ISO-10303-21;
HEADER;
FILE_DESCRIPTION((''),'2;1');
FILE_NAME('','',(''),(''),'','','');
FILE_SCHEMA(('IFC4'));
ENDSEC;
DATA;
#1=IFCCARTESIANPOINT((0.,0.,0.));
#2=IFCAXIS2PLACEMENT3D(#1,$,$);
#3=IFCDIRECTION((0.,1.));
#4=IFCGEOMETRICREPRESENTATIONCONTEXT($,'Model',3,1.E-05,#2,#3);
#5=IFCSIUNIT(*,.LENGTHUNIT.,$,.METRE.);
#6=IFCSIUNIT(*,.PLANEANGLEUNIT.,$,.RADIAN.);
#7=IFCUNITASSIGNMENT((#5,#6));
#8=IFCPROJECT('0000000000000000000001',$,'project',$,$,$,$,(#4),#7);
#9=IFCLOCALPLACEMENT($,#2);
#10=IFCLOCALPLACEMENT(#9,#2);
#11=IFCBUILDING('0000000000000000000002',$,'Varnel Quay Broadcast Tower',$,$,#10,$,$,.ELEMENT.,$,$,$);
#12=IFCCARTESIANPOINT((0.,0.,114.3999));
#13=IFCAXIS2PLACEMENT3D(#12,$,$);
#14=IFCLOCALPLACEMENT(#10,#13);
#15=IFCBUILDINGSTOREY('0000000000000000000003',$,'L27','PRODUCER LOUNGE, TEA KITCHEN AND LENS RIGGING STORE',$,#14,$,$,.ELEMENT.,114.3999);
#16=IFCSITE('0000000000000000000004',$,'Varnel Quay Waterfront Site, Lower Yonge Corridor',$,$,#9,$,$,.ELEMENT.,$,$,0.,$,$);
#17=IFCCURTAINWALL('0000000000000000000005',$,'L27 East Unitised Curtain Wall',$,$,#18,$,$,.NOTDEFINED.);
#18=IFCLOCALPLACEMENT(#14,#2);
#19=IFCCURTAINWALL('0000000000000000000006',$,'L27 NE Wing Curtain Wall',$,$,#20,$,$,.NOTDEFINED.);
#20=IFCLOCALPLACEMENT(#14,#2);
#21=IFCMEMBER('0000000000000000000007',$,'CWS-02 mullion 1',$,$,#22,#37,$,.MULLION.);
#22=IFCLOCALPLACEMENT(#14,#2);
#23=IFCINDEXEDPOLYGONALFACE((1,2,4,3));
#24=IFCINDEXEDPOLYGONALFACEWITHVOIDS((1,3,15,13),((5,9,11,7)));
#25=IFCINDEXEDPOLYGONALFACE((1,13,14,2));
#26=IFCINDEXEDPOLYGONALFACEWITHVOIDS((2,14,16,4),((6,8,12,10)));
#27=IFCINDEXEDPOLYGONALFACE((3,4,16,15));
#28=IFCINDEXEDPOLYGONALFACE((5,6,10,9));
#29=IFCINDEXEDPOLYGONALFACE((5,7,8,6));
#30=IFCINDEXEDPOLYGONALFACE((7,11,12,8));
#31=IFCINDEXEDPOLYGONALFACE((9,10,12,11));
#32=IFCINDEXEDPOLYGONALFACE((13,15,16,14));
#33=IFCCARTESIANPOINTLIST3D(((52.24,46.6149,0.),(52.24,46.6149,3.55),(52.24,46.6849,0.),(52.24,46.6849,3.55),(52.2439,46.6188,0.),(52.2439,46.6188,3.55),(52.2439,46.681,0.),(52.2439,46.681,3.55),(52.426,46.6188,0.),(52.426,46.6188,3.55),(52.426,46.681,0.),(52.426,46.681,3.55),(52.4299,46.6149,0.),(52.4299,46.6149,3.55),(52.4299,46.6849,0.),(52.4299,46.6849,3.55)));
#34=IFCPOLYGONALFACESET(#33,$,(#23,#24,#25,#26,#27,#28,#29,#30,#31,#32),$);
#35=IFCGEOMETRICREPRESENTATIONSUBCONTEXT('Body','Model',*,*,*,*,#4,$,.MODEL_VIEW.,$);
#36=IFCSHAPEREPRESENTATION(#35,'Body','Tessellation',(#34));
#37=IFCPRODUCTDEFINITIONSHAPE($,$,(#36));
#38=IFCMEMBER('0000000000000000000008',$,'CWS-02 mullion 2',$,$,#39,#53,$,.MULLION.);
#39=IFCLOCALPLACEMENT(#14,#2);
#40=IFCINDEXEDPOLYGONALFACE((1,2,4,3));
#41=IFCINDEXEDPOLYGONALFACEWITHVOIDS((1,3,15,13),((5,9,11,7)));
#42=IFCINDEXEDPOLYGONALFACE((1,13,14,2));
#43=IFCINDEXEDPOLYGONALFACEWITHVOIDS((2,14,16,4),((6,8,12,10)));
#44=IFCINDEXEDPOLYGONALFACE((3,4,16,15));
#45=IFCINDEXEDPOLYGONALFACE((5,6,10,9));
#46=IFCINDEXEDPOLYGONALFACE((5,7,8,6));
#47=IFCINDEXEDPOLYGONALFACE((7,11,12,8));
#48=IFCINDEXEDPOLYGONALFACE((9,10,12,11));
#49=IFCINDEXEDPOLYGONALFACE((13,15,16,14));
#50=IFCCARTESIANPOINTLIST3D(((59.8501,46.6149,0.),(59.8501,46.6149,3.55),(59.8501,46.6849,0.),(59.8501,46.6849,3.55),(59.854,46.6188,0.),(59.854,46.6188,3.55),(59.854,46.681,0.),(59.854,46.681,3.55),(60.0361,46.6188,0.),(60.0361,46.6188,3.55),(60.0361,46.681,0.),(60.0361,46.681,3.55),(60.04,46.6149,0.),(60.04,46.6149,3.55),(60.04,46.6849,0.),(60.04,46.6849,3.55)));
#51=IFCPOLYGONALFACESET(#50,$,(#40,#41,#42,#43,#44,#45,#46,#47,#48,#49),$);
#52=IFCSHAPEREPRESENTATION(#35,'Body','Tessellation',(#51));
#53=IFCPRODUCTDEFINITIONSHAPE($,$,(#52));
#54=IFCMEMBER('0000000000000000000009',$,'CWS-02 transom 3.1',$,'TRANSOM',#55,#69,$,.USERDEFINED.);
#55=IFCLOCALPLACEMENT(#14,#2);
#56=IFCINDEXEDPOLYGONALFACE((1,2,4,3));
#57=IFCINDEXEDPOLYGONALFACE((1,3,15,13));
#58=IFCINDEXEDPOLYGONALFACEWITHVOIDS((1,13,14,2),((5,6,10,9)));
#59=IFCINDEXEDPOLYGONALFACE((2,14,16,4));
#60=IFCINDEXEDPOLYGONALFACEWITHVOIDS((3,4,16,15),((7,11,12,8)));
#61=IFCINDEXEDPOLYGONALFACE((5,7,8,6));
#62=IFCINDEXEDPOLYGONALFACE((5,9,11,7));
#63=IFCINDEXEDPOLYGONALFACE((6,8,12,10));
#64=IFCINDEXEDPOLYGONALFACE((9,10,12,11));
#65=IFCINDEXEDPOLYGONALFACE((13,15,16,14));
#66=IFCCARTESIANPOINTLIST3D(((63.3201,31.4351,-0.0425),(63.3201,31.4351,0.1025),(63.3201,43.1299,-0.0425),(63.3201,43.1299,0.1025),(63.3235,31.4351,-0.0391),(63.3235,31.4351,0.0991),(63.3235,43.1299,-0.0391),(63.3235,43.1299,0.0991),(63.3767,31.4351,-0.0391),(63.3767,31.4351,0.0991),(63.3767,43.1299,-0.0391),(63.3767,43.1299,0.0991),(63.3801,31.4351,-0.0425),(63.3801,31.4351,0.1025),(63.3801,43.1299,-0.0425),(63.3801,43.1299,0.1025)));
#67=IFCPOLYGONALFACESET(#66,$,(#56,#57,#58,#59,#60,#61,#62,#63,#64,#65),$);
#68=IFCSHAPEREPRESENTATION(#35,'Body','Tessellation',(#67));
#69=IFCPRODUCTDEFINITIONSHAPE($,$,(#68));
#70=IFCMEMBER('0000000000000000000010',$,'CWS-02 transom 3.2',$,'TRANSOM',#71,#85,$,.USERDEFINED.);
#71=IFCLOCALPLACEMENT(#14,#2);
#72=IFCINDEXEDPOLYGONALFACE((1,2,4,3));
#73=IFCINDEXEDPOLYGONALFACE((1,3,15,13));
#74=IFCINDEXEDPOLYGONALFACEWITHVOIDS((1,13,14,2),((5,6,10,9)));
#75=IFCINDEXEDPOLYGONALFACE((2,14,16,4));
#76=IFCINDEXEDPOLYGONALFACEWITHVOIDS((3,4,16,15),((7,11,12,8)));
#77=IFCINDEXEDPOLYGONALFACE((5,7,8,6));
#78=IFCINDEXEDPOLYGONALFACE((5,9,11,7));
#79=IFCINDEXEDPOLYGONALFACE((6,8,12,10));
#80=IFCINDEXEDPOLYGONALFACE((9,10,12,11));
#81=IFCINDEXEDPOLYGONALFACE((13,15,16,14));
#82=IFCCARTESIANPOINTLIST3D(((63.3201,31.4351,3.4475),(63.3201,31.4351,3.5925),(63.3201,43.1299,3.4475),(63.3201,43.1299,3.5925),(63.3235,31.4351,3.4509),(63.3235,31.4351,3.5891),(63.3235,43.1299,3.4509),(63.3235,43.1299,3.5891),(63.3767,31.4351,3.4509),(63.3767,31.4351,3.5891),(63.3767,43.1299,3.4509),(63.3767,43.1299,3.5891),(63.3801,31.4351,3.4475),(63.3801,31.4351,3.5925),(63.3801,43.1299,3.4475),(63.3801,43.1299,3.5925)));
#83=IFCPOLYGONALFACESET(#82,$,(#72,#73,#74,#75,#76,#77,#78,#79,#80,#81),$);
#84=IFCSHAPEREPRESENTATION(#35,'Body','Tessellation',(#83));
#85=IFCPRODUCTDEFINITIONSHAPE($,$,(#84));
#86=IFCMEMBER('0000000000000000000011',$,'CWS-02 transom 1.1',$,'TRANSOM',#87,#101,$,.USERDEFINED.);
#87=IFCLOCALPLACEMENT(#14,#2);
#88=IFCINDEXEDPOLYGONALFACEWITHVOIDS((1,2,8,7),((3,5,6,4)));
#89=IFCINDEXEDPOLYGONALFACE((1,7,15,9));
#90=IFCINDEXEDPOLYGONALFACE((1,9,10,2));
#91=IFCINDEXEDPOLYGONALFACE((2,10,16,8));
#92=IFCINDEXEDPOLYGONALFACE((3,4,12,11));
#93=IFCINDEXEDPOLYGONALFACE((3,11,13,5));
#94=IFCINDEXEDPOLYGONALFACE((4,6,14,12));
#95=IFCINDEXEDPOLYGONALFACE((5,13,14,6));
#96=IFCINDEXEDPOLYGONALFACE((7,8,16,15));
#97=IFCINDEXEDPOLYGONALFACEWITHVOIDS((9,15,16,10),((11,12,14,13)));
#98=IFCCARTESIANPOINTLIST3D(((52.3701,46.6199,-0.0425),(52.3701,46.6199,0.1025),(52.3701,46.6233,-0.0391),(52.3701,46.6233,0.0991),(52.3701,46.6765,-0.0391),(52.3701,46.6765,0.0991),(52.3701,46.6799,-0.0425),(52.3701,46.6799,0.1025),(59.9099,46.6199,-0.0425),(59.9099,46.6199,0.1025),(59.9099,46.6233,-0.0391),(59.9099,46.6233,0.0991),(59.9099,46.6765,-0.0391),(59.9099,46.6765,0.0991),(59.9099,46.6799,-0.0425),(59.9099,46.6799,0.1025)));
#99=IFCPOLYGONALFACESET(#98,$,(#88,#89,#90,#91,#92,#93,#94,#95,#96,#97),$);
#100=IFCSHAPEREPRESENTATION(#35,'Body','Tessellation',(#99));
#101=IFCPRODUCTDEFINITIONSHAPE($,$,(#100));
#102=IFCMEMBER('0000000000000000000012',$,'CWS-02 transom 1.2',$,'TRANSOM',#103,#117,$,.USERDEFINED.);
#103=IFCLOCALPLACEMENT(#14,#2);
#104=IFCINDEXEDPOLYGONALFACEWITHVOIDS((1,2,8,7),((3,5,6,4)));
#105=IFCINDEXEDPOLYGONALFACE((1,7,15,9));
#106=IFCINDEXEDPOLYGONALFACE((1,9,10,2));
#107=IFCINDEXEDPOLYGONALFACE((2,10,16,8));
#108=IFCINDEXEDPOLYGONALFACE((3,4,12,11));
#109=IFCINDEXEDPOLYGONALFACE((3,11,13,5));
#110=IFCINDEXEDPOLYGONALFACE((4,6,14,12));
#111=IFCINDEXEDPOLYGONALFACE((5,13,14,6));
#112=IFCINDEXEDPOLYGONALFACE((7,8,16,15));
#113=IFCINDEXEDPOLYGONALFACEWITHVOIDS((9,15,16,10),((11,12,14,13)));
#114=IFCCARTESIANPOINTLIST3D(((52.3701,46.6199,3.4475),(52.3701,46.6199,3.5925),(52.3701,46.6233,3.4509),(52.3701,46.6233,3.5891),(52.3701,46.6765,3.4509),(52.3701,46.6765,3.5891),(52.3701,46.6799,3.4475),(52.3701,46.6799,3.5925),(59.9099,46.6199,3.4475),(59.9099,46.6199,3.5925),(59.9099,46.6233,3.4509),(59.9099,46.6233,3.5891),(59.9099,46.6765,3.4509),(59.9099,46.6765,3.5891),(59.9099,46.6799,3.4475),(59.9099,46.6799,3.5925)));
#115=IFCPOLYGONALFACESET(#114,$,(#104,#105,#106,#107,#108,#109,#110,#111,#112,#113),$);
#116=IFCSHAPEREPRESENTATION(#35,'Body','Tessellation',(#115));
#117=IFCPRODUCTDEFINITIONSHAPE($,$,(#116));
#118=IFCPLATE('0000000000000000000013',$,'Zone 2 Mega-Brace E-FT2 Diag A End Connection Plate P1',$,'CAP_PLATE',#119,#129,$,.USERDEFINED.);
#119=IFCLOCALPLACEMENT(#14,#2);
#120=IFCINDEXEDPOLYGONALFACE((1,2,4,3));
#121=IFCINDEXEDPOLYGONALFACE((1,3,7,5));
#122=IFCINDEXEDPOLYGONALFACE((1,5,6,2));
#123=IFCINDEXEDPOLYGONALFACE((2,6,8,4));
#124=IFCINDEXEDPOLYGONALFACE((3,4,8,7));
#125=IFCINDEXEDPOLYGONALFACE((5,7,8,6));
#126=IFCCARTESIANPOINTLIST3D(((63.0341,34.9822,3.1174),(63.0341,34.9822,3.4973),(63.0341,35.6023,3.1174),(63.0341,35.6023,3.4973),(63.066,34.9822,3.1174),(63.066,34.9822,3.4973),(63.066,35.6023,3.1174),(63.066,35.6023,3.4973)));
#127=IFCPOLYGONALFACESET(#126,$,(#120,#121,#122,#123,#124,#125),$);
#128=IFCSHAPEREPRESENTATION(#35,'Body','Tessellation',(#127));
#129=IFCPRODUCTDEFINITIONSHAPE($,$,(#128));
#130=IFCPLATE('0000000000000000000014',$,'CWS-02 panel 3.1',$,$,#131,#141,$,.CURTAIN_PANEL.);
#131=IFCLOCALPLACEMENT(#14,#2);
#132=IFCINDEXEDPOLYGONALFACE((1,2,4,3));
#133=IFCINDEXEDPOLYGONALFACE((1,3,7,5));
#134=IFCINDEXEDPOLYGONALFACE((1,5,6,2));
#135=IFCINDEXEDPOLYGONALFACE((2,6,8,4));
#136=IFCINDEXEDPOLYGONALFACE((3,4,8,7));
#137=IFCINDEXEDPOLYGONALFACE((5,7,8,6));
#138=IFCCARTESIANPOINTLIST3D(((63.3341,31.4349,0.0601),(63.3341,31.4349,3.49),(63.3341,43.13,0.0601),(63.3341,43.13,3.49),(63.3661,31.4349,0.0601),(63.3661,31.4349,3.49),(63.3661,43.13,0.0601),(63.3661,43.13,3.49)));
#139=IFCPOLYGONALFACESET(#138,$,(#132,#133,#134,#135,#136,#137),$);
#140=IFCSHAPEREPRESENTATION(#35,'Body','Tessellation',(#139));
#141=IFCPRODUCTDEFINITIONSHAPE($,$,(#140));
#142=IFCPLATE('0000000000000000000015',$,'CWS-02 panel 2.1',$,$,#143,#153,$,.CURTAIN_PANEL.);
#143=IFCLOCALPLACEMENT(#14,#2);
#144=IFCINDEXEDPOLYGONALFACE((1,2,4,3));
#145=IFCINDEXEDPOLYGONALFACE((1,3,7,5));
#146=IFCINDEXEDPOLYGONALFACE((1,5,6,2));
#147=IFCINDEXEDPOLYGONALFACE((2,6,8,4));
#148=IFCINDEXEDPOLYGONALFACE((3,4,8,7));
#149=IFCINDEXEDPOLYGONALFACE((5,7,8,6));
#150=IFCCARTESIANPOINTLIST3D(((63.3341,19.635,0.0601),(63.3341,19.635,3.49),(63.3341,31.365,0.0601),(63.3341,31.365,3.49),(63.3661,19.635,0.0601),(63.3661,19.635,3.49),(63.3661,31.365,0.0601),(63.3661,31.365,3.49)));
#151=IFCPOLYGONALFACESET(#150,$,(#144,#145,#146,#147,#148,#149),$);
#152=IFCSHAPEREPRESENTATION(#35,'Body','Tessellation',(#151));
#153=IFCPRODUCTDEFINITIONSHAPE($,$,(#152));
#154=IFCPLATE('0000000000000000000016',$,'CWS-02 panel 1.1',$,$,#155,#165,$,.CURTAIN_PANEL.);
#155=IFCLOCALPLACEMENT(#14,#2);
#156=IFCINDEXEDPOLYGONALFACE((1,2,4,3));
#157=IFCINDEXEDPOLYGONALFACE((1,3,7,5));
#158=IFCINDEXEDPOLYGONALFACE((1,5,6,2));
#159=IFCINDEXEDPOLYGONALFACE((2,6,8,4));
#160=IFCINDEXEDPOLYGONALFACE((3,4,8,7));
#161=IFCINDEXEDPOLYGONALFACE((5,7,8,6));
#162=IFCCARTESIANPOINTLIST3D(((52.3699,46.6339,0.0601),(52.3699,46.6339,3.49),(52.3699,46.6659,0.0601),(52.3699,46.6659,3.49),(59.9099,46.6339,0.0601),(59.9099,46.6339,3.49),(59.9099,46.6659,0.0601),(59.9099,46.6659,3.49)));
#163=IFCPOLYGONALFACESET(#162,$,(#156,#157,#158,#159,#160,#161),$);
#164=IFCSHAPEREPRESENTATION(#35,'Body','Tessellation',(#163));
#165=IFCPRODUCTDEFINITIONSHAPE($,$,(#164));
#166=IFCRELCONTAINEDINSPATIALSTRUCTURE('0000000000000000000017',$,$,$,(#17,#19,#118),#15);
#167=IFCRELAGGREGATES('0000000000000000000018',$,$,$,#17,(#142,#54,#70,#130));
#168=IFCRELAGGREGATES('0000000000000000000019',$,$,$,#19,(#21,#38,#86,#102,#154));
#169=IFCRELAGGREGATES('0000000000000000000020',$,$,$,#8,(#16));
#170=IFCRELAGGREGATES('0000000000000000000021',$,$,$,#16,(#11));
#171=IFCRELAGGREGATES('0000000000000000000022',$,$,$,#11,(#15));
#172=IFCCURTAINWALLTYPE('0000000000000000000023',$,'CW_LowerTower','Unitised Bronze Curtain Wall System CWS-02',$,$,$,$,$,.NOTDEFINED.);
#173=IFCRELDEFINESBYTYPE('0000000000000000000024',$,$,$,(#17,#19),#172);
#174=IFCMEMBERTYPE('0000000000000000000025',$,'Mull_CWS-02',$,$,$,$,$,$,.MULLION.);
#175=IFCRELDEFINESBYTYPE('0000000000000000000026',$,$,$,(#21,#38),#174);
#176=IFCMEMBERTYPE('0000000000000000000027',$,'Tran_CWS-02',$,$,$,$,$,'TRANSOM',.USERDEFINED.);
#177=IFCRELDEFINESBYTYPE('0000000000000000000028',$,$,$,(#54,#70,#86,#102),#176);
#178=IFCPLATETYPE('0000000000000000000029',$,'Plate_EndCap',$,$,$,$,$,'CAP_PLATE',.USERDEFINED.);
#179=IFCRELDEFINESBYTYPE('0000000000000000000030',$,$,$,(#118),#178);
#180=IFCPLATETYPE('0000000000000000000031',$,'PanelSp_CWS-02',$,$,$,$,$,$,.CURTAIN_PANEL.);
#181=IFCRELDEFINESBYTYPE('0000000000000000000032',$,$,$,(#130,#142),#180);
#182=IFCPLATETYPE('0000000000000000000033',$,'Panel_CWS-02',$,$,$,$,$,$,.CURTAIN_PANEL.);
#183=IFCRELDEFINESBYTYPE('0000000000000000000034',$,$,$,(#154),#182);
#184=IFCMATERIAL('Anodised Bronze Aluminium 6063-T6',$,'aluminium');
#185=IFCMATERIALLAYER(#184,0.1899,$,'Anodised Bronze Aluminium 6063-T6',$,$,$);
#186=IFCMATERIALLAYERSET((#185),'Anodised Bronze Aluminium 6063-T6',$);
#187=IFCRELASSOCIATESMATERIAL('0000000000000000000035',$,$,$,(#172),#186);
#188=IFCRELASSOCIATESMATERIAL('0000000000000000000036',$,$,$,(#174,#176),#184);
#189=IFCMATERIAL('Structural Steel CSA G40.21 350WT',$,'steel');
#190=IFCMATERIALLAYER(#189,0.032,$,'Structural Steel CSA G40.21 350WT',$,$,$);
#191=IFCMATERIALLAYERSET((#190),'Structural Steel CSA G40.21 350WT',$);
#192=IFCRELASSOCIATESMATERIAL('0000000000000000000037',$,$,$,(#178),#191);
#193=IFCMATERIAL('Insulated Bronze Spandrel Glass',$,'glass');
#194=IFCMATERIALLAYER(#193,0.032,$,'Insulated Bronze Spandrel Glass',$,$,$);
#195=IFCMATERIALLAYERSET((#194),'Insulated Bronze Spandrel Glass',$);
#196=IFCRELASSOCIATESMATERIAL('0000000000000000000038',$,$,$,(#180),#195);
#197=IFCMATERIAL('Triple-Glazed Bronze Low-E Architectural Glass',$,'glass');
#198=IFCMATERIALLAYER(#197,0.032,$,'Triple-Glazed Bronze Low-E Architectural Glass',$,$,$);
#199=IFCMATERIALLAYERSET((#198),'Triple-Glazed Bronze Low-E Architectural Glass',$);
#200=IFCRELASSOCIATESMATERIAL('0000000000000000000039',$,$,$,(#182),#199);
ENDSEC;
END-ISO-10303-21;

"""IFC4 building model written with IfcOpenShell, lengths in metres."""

from ifc_helpers import new_model, si_unit, direction, frame, origin, origin_2d, place, context, subcontext, project, spatial, rectangle, hollow_rectangle, extrude, source, transform, mapped, material, layer, layer_set, material_profile, profile_set, type_object, type_shapes, element, aggregate, save


model = new_model("IFC4")

# Units and contexts
model_context = context("Model", 3, precision=1e-05, world=origin(), true_north=direction((0.0, 1.0)))
body_context = subcontext(model_context, "Body", "Model", "MODEL_VIEW")
ifc_project = project(units=[si_unit("LENGTHUNIT", "METRE"), si_unit("PLANEANGLEUNIT", "RADIAN")], contexts=[model_context])

# Site, building, storey
site_placement = place(None, origin())
site = spatial("IfcSite", under=ifc_project, at=site_placement, Name="Varnel Quay Waterfront Site, Lower Yonge Corridor", CompositionType="ELEMENT", RefElevation=0.0)
building_placement = place(site_placement, origin())
building = spatial("IfcBuilding", under=site, at=building_placement, Name="Varnel Quay Broadcast Tower", CompositionType="ELEMENT")
storey_placement = place(building_placement, frame((0.0, 0.0, 114.3999)))
storey = spatial("IfcBuildingStorey", under=building, at=storey_placement, Name="L27", Description="PRODUCER LOUNGE, TEA KITCHEN AND LENS RIGGING STORE", CompositionType="ELEMENT", Elevation=114.3999)

# Shared definitions
ifc_material_1 = material(Name="Structural Steel CSA G40.21 350WT", Category="steel")

# Curtain walls, members
ifc_material_2 = material(Name="Anodised Bronze Aluminium 6063-T6", Category="aluminium")
ifc_layer_1 = layer(ifc_material_2, 0.1899, Name="Anodised Bronze Aluminium 6063-T6")
ifc_layer_set_1 = layer_set([ifc_layer_1], Name="Anodised Bronze Aluminium 6063-T6")
curtain_wall_type = type_object("IfcCurtainWallType", Name="CW_LowerTower", Description="Unitised Bronze Curtain Wall System CWS-02", PredefinedType="NOTDEFINED", material=ifc_layer_set_1)
curtain_wall_1_placement = place(storey_placement, origin())
curtain_wall_1 = element("IfcCurtainWall", 1, at=curtain_wall_1_placement, inside=storey, type_object=curtain_wall_type, Name="L27 East Unitised Curtain Wall", PredefinedType="NOTDEFINED")
ifc_material_profile_1 = material_profile(ifc_material_2, hollow_rectangle(XDim=0.0701, YDim=0.1899, WallThickness=0.0039, at=origin_2d()), Name="ALU70X190X4")
ifc_profile_set_1 = profile_set([ifc_material_profile_1], Name="Anodised Bronze Aluminium 6063-T6")
member_type_1 = type_object("IfcMemberType", Name="Mull_CWS-02", PredefinedType="MULLION", material=ifc_profile_set_1)
shared_shape_1 = source(origin(), body_context, "Body", "SweptSolid", [
    extrude(hollow_rectangle(XDim=0.0701, YDim=0.1899, WallThickness=0.0039, at=origin_2d()), origin(), (0.0, 0.0, 1.0), 3.55),
])
type_shapes(member_type_1, [shared_shape_1])
curtain_wall_2_placement = place(storey_placement, origin())
curtain_wall_2 = element("IfcCurtainWall", 2, at=curtain_wall_2_placement, inside=storey, type_object=curtain_wall_type, Name="L27 NE Wing Curtain Wall", PredefinedType="NOTDEFINED")
member_1_placement = place(storey_placement, frame((52.335, 46.6499, 0.0), z_axis=(0.0, 0.0, 1.0), x_axis=(0.0, 1.0, 0.0)))
member_1 = element("IfcMember", 3, at=member_1_placement, type_object=member_type_1, Name="CWS-02 mullion 1", PredefinedType="MULLION", context=body_context, shape_type="MappedRepresentation", body=[
    mapped(shared_shape_1, transform((0.0, 0.0, 0.0), x_axis=(1.0, 0.0, 0.0), y_axis=(0.0, 1.0, 0.0), z_axis=(0.0, 0.0, 1.0), scale=1.0)),
])
member_2_placement = place(storey_placement, frame((59.9451, 46.6499, 0.0), z_axis=(0.0, 0.0, 1.0), x_axis=(0.0, 1.0, 0.0)))
member_2 = element("IfcMember", 4, at=member_2_placement, type_object=member_type_1, Name="CWS-02 mullion 2", PredefinedType="MULLION", context=body_context, shape_type="MappedRepresentation", body=[
    mapped(shared_shape_1, transform((0.0, 0.0, 0.0), x_axis=(1.0, 0.0, 0.0), y_axis=(0.0, 1.0, 0.0), z_axis=(0.0, 0.0, 1.0), scale=1.0)),
])

# Members
ifc_material_profile_2 = material_profile(ifc_material_2, hollow_rectangle(XDim=0.0601, YDim=0.145, WallThickness=0.0034, at=origin_2d()), Name="ALU60X145X3.5")
ifc_profile_set_2 = profile_set([ifc_material_profile_2], Name="Anodised Bronze Aluminium 6063-T6")
member_type_2 = type_object("IfcMemberType", Name="Tran_CWS-02", ElementType="TRANSOM", PredefinedType="USERDEFINED", material=ifc_profile_set_2)
shared_shape_2 = source(origin(), body_context, "Body", "SweptSolid", [
    extrude(hollow_rectangle(XDim=0.0601, YDim=0.145, WallThickness=0.0034, at=origin_2d()), origin(), (0.0, 0.0, 1.0), 11.6948),
])
member_3_placement = place(storey_placement, frame((63.3501, 31.4351, 0.03), z_axis=(0.0, 1.0, 0.0), x_axis=(-1.0, 0.0, 0.0)))
member_3 = element("IfcMember", 5, at=member_3_placement, type_object=member_type_2, Name="CWS-02 transom 3.1", ObjectType="TRANSOM", PredefinedType="USERDEFINED", context=body_context, shape_type="MappedRepresentation", body=[
    mapped(shared_shape_2, transform((0.0, 0.0, 0.0), x_axis=(1.0, 0.0, 0.0), y_axis=(0.0, 1.0, 0.0), z_axis=(0.0, 0.0, 1.0), scale=1.0)),
])
member_4_placement = place(storey_placement, frame((63.3501, 31.4351, 3.52), z_axis=(0.0, 1.0, 0.0), x_axis=(-1.0, 0.0, 0.0)))
member_4 = element("IfcMember", 6, at=member_4_placement, type_object=member_type_2, Name="CWS-02 transom 3.2", ObjectType="TRANSOM", PredefinedType="USERDEFINED", context=body_context, shape_type="MappedRepresentation", body=[
    mapped(shared_shape_2, transform((0.0, 0.0, 0.0), x_axis=(1.0, 0.0, 0.0), y_axis=(0.0, 1.0, 0.0), z_axis=(0.0, 0.0, 1.0), scale=1.0)),
])
shared_shape_3 = source(origin(), body_context, "Body", "SweptSolid", [
    extrude(hollow_rectangle(XDim=0.0601, YDim=0.145, WallThickness=0.0034, at=origin_2d()), origin(), (0.0, 0.0, 1.0), 7.5398),
])
type_shapes(member_type_2, [shared_shape_2, shared_shape_3])
member_5_placement = place(storey_placement, frame((52.3701, 46.6499, 0.03), z_axis=(1.0, 0.0, 0.0), x_axis=(0.0, 1.0, 0.0)))
member_5 = element("IfcMember", 7, at=member_5_placement, type_object=member_type_2, Name="CWS-02 transom 1.1", ObjectType="TRANSOM", PredefinedType="USERDEFINED", context=body_context, shape_type="MappedRepresentation", body=[
    mapped(shared_shape_3, transform((0.0, 0.0, 0.0), x_axis=(1.0, 0.0, 0.0), y_axis=(0.0, 1.0, 0.0), z_axis=(0.0, 0.0, 1.0), scale=1.0)),
])
member_6_placement = place(storey_placement, frame((52.3701, 46.6499, 3.52), z_axis=(1.0, 0.0, 0.0), x_axis=(0.0, 1.0, 0.0)))
member_6 = element("IfcMember", 8, at=member_6_placement, type_object=member_type_2, Name="CWS-02 transom 1.2", ObjectType="TRANSOM", PredefinedType="USERDEFINED", context=body_context, shape_type="MappedRepresentation", body=[
    mapped(shared_shape_3, transform((0.0, 0.0, 0.0), x_axis=(1.0, 0.0, 0.0), y_axis=(0.0, 1.0, 0.0), z_axis=(0.0, 0.0, 1.0), scale=1.0)),
])

# Plates
ifc_layer_2 = layer(ifc_material_1, 0.032, Name="Structural Steel CSA G40.21 350WT")
ifc_layer_set_2 = layer_set([ifc_layer_2], Name="Structural Steel CSA G40.21 350WT")
plate_type_1 = type_object("IfcPlateType", Name="Plate_EndCap", ElementType="CAP_PLATE", PredefinedType="USERDEFINED", material=ifc_layer_set_2)
shared_shape_4 = source(origin(), body_context, "Body", "SweptSolid", [
    extrude(rectangle(XDim=0.6201, YDim=0.032, at=origin_2d()), origin(), (0.0, 0.0, 1.0), 0.3799),
])
type_shapes(plate_type_1, [shared_shape_4])
plate_1_placement = place(storey_placement, frame((63.05, 35.2922, 3.1174), z_axis=(0.0, 0.0, 1.0), x_axis=(0.0, 1.0, 0.0)))
element("IfcPlate", 9, at=plate_1_placement, inside=storey, type_object=plate_type_1, Name="Zone 2 Mega-Brace E-FT2 Diag A End Connection Plate P1", ObjectType="CAP_PLATE", PredefinedType="USERDEFINED", context=body_context, shape_type="MappedRepresentation", body=[
    mapped(shared_shape_4, transform((0.0, 0.0, 0.0), x_axis=(1.0, 0.0, 0.0), y_axis=(0.0, 1.0, 0.0), z_axis=(0.0, 0.0, 1.0), scale=1.0)),
])
ifc_material_3 = material(Name="Insulated Bronze Spandrel Glass", Category="glass")
ifc_layer_3 = layer(ifc_material_3, 0.032, Name="Insulated Bronze Spandrel Glass")
ifc_layer_set_3 = layer_set([ifc_layer_3], Name="Insulated Bronze Spandrel Glass")
plate_type_2 = type_object("IfcPlateType", Name="PanelSp_CWS-02", PredefinedType="CURTAIN_PANEL", material=ifc_layer_set_3)
shared_shape_5 = source(origin(), body_context, "Body", "SweptSolid", [
    extrude(rectangle(XDim=11.6951, YDim=0.032, at=origin_2d()), origin(), (0.0, 0.0, 1.0), 3.4299),
])
plate_2_placement = place(storey_placement, frame((63.3501, 37.2825, 0.0601), z_axis=(0.0, 0.0, 1.0), x_axis=(0.0, 1.0, 0.0)))
plate_2 = element("IfcPlate", 10, at=plate_2_placement, type_object=plate_type_2, Name="CWS-02 panel 3.1", PredefinedType="CURTAIN_PANEL", context=body_context, shape_type="MappedRepresentation", body=[
    mapped(shared_shape_5, transform((0.0, 0.0, 0.0), x_axis=(1.0, 0.0, 0.0), y_axis=(0.0, 1.0, 0.0), z_axis=(0.0, 0.0, 1.0), scale=1.0)),
])
shared_shape_6 = source(origin(), body_context, "Body", "SweptSolid", [
    extrude(rectangle(XDim=11.73, YDim=0.032, at=origin_2d()), origin(), (0.0, 0.0, 1.0), 3.4299),
])
type_shapes(plate_type_2, [shared_shape_5, shared_shape_6])
plate_3_placement = place(storey_placement, frame((63.3501, 25.5, 0.0601), z_axis=(0.0, 0.0, 1.0), x_axis=(0.0, 1.0, 0.0)))
plate_3 = element("IfcPlate", 11, at=plate_3_placement, type_object=plate_type_2, Name="CWS-02 panel 2.1", PredefinedType="CURTAIN_PANEL", context=body_context, shape_type="MappedRepresentation", body=[
    mapped(shared_shape_6, transform((0.0, 0.0, 0.0), x_axis=(1.0, 0.0, 0.0), y_axis=(0.0, 1.0, 0.0), z_axis=(0.0, 0.0, 1.0), scale=1.0)),
])
aggregate(curtain_wall_1, [plate_3, member_3, member_4, plate_2])
ifc_material_4 = material(Name="Triple-Glazed Bronze Low-E Architectural Glass", Category="glass")
ifc_layer_4 = layer(ifc_material_4, 0.032, Name="Triple-Glazed Bronze Low-E Architectural Glass")
ifc_layer_set_4 = layer_set([ifc_layer_4], Name="Triple-Glazed Bronze Low-E Architectural Glass")
plate_type_3 = type_object("IfcPlateType", Name="Panel_CWS-02", PredefinedType="CURTAIN_PANEL", material=ifc_layer_set_4)
shared_shape_7 = source(origin(), body_context, "Body", "SweptSolid", [
    extrude(rectangle(XDim=7.54, YDim=0.032, at=origin_2d()), origin(), (0.0, 0.0, 1.0), 3.4299),
])
type_shapes(plate_type_3, [shared_shape_7])
plate_4_placement = place(storey_placement, frame((56.1399, 46.6499, 0.0601), z_axis=(0.0, 0.0, 1.0), x_axis=(1.0, 0.0, 0.0)))
plate_4 = element("IfcPlate", 12, at=plate_4_placement, type_object=plate_type_3, Name="CWS-02 panel 1.1", PredefinedType="CURTAIN_PANEL", context=body_context, shape_type="MappedRepresentation", body=[
    mapped(shared_shape_7, transform((0.0, 0.0, 0.0), x_axis=(1.0, 0.0, 0.0), y_axis=(0.0, 1.0, 0.0), z_axis=(0.0, 0.0, 1.0), scale=1.0)),
])
aggregate(curtain_wall_2, [member_1, member_2, member_5, member_6, plate_4])

save(model, "model.ifc")
